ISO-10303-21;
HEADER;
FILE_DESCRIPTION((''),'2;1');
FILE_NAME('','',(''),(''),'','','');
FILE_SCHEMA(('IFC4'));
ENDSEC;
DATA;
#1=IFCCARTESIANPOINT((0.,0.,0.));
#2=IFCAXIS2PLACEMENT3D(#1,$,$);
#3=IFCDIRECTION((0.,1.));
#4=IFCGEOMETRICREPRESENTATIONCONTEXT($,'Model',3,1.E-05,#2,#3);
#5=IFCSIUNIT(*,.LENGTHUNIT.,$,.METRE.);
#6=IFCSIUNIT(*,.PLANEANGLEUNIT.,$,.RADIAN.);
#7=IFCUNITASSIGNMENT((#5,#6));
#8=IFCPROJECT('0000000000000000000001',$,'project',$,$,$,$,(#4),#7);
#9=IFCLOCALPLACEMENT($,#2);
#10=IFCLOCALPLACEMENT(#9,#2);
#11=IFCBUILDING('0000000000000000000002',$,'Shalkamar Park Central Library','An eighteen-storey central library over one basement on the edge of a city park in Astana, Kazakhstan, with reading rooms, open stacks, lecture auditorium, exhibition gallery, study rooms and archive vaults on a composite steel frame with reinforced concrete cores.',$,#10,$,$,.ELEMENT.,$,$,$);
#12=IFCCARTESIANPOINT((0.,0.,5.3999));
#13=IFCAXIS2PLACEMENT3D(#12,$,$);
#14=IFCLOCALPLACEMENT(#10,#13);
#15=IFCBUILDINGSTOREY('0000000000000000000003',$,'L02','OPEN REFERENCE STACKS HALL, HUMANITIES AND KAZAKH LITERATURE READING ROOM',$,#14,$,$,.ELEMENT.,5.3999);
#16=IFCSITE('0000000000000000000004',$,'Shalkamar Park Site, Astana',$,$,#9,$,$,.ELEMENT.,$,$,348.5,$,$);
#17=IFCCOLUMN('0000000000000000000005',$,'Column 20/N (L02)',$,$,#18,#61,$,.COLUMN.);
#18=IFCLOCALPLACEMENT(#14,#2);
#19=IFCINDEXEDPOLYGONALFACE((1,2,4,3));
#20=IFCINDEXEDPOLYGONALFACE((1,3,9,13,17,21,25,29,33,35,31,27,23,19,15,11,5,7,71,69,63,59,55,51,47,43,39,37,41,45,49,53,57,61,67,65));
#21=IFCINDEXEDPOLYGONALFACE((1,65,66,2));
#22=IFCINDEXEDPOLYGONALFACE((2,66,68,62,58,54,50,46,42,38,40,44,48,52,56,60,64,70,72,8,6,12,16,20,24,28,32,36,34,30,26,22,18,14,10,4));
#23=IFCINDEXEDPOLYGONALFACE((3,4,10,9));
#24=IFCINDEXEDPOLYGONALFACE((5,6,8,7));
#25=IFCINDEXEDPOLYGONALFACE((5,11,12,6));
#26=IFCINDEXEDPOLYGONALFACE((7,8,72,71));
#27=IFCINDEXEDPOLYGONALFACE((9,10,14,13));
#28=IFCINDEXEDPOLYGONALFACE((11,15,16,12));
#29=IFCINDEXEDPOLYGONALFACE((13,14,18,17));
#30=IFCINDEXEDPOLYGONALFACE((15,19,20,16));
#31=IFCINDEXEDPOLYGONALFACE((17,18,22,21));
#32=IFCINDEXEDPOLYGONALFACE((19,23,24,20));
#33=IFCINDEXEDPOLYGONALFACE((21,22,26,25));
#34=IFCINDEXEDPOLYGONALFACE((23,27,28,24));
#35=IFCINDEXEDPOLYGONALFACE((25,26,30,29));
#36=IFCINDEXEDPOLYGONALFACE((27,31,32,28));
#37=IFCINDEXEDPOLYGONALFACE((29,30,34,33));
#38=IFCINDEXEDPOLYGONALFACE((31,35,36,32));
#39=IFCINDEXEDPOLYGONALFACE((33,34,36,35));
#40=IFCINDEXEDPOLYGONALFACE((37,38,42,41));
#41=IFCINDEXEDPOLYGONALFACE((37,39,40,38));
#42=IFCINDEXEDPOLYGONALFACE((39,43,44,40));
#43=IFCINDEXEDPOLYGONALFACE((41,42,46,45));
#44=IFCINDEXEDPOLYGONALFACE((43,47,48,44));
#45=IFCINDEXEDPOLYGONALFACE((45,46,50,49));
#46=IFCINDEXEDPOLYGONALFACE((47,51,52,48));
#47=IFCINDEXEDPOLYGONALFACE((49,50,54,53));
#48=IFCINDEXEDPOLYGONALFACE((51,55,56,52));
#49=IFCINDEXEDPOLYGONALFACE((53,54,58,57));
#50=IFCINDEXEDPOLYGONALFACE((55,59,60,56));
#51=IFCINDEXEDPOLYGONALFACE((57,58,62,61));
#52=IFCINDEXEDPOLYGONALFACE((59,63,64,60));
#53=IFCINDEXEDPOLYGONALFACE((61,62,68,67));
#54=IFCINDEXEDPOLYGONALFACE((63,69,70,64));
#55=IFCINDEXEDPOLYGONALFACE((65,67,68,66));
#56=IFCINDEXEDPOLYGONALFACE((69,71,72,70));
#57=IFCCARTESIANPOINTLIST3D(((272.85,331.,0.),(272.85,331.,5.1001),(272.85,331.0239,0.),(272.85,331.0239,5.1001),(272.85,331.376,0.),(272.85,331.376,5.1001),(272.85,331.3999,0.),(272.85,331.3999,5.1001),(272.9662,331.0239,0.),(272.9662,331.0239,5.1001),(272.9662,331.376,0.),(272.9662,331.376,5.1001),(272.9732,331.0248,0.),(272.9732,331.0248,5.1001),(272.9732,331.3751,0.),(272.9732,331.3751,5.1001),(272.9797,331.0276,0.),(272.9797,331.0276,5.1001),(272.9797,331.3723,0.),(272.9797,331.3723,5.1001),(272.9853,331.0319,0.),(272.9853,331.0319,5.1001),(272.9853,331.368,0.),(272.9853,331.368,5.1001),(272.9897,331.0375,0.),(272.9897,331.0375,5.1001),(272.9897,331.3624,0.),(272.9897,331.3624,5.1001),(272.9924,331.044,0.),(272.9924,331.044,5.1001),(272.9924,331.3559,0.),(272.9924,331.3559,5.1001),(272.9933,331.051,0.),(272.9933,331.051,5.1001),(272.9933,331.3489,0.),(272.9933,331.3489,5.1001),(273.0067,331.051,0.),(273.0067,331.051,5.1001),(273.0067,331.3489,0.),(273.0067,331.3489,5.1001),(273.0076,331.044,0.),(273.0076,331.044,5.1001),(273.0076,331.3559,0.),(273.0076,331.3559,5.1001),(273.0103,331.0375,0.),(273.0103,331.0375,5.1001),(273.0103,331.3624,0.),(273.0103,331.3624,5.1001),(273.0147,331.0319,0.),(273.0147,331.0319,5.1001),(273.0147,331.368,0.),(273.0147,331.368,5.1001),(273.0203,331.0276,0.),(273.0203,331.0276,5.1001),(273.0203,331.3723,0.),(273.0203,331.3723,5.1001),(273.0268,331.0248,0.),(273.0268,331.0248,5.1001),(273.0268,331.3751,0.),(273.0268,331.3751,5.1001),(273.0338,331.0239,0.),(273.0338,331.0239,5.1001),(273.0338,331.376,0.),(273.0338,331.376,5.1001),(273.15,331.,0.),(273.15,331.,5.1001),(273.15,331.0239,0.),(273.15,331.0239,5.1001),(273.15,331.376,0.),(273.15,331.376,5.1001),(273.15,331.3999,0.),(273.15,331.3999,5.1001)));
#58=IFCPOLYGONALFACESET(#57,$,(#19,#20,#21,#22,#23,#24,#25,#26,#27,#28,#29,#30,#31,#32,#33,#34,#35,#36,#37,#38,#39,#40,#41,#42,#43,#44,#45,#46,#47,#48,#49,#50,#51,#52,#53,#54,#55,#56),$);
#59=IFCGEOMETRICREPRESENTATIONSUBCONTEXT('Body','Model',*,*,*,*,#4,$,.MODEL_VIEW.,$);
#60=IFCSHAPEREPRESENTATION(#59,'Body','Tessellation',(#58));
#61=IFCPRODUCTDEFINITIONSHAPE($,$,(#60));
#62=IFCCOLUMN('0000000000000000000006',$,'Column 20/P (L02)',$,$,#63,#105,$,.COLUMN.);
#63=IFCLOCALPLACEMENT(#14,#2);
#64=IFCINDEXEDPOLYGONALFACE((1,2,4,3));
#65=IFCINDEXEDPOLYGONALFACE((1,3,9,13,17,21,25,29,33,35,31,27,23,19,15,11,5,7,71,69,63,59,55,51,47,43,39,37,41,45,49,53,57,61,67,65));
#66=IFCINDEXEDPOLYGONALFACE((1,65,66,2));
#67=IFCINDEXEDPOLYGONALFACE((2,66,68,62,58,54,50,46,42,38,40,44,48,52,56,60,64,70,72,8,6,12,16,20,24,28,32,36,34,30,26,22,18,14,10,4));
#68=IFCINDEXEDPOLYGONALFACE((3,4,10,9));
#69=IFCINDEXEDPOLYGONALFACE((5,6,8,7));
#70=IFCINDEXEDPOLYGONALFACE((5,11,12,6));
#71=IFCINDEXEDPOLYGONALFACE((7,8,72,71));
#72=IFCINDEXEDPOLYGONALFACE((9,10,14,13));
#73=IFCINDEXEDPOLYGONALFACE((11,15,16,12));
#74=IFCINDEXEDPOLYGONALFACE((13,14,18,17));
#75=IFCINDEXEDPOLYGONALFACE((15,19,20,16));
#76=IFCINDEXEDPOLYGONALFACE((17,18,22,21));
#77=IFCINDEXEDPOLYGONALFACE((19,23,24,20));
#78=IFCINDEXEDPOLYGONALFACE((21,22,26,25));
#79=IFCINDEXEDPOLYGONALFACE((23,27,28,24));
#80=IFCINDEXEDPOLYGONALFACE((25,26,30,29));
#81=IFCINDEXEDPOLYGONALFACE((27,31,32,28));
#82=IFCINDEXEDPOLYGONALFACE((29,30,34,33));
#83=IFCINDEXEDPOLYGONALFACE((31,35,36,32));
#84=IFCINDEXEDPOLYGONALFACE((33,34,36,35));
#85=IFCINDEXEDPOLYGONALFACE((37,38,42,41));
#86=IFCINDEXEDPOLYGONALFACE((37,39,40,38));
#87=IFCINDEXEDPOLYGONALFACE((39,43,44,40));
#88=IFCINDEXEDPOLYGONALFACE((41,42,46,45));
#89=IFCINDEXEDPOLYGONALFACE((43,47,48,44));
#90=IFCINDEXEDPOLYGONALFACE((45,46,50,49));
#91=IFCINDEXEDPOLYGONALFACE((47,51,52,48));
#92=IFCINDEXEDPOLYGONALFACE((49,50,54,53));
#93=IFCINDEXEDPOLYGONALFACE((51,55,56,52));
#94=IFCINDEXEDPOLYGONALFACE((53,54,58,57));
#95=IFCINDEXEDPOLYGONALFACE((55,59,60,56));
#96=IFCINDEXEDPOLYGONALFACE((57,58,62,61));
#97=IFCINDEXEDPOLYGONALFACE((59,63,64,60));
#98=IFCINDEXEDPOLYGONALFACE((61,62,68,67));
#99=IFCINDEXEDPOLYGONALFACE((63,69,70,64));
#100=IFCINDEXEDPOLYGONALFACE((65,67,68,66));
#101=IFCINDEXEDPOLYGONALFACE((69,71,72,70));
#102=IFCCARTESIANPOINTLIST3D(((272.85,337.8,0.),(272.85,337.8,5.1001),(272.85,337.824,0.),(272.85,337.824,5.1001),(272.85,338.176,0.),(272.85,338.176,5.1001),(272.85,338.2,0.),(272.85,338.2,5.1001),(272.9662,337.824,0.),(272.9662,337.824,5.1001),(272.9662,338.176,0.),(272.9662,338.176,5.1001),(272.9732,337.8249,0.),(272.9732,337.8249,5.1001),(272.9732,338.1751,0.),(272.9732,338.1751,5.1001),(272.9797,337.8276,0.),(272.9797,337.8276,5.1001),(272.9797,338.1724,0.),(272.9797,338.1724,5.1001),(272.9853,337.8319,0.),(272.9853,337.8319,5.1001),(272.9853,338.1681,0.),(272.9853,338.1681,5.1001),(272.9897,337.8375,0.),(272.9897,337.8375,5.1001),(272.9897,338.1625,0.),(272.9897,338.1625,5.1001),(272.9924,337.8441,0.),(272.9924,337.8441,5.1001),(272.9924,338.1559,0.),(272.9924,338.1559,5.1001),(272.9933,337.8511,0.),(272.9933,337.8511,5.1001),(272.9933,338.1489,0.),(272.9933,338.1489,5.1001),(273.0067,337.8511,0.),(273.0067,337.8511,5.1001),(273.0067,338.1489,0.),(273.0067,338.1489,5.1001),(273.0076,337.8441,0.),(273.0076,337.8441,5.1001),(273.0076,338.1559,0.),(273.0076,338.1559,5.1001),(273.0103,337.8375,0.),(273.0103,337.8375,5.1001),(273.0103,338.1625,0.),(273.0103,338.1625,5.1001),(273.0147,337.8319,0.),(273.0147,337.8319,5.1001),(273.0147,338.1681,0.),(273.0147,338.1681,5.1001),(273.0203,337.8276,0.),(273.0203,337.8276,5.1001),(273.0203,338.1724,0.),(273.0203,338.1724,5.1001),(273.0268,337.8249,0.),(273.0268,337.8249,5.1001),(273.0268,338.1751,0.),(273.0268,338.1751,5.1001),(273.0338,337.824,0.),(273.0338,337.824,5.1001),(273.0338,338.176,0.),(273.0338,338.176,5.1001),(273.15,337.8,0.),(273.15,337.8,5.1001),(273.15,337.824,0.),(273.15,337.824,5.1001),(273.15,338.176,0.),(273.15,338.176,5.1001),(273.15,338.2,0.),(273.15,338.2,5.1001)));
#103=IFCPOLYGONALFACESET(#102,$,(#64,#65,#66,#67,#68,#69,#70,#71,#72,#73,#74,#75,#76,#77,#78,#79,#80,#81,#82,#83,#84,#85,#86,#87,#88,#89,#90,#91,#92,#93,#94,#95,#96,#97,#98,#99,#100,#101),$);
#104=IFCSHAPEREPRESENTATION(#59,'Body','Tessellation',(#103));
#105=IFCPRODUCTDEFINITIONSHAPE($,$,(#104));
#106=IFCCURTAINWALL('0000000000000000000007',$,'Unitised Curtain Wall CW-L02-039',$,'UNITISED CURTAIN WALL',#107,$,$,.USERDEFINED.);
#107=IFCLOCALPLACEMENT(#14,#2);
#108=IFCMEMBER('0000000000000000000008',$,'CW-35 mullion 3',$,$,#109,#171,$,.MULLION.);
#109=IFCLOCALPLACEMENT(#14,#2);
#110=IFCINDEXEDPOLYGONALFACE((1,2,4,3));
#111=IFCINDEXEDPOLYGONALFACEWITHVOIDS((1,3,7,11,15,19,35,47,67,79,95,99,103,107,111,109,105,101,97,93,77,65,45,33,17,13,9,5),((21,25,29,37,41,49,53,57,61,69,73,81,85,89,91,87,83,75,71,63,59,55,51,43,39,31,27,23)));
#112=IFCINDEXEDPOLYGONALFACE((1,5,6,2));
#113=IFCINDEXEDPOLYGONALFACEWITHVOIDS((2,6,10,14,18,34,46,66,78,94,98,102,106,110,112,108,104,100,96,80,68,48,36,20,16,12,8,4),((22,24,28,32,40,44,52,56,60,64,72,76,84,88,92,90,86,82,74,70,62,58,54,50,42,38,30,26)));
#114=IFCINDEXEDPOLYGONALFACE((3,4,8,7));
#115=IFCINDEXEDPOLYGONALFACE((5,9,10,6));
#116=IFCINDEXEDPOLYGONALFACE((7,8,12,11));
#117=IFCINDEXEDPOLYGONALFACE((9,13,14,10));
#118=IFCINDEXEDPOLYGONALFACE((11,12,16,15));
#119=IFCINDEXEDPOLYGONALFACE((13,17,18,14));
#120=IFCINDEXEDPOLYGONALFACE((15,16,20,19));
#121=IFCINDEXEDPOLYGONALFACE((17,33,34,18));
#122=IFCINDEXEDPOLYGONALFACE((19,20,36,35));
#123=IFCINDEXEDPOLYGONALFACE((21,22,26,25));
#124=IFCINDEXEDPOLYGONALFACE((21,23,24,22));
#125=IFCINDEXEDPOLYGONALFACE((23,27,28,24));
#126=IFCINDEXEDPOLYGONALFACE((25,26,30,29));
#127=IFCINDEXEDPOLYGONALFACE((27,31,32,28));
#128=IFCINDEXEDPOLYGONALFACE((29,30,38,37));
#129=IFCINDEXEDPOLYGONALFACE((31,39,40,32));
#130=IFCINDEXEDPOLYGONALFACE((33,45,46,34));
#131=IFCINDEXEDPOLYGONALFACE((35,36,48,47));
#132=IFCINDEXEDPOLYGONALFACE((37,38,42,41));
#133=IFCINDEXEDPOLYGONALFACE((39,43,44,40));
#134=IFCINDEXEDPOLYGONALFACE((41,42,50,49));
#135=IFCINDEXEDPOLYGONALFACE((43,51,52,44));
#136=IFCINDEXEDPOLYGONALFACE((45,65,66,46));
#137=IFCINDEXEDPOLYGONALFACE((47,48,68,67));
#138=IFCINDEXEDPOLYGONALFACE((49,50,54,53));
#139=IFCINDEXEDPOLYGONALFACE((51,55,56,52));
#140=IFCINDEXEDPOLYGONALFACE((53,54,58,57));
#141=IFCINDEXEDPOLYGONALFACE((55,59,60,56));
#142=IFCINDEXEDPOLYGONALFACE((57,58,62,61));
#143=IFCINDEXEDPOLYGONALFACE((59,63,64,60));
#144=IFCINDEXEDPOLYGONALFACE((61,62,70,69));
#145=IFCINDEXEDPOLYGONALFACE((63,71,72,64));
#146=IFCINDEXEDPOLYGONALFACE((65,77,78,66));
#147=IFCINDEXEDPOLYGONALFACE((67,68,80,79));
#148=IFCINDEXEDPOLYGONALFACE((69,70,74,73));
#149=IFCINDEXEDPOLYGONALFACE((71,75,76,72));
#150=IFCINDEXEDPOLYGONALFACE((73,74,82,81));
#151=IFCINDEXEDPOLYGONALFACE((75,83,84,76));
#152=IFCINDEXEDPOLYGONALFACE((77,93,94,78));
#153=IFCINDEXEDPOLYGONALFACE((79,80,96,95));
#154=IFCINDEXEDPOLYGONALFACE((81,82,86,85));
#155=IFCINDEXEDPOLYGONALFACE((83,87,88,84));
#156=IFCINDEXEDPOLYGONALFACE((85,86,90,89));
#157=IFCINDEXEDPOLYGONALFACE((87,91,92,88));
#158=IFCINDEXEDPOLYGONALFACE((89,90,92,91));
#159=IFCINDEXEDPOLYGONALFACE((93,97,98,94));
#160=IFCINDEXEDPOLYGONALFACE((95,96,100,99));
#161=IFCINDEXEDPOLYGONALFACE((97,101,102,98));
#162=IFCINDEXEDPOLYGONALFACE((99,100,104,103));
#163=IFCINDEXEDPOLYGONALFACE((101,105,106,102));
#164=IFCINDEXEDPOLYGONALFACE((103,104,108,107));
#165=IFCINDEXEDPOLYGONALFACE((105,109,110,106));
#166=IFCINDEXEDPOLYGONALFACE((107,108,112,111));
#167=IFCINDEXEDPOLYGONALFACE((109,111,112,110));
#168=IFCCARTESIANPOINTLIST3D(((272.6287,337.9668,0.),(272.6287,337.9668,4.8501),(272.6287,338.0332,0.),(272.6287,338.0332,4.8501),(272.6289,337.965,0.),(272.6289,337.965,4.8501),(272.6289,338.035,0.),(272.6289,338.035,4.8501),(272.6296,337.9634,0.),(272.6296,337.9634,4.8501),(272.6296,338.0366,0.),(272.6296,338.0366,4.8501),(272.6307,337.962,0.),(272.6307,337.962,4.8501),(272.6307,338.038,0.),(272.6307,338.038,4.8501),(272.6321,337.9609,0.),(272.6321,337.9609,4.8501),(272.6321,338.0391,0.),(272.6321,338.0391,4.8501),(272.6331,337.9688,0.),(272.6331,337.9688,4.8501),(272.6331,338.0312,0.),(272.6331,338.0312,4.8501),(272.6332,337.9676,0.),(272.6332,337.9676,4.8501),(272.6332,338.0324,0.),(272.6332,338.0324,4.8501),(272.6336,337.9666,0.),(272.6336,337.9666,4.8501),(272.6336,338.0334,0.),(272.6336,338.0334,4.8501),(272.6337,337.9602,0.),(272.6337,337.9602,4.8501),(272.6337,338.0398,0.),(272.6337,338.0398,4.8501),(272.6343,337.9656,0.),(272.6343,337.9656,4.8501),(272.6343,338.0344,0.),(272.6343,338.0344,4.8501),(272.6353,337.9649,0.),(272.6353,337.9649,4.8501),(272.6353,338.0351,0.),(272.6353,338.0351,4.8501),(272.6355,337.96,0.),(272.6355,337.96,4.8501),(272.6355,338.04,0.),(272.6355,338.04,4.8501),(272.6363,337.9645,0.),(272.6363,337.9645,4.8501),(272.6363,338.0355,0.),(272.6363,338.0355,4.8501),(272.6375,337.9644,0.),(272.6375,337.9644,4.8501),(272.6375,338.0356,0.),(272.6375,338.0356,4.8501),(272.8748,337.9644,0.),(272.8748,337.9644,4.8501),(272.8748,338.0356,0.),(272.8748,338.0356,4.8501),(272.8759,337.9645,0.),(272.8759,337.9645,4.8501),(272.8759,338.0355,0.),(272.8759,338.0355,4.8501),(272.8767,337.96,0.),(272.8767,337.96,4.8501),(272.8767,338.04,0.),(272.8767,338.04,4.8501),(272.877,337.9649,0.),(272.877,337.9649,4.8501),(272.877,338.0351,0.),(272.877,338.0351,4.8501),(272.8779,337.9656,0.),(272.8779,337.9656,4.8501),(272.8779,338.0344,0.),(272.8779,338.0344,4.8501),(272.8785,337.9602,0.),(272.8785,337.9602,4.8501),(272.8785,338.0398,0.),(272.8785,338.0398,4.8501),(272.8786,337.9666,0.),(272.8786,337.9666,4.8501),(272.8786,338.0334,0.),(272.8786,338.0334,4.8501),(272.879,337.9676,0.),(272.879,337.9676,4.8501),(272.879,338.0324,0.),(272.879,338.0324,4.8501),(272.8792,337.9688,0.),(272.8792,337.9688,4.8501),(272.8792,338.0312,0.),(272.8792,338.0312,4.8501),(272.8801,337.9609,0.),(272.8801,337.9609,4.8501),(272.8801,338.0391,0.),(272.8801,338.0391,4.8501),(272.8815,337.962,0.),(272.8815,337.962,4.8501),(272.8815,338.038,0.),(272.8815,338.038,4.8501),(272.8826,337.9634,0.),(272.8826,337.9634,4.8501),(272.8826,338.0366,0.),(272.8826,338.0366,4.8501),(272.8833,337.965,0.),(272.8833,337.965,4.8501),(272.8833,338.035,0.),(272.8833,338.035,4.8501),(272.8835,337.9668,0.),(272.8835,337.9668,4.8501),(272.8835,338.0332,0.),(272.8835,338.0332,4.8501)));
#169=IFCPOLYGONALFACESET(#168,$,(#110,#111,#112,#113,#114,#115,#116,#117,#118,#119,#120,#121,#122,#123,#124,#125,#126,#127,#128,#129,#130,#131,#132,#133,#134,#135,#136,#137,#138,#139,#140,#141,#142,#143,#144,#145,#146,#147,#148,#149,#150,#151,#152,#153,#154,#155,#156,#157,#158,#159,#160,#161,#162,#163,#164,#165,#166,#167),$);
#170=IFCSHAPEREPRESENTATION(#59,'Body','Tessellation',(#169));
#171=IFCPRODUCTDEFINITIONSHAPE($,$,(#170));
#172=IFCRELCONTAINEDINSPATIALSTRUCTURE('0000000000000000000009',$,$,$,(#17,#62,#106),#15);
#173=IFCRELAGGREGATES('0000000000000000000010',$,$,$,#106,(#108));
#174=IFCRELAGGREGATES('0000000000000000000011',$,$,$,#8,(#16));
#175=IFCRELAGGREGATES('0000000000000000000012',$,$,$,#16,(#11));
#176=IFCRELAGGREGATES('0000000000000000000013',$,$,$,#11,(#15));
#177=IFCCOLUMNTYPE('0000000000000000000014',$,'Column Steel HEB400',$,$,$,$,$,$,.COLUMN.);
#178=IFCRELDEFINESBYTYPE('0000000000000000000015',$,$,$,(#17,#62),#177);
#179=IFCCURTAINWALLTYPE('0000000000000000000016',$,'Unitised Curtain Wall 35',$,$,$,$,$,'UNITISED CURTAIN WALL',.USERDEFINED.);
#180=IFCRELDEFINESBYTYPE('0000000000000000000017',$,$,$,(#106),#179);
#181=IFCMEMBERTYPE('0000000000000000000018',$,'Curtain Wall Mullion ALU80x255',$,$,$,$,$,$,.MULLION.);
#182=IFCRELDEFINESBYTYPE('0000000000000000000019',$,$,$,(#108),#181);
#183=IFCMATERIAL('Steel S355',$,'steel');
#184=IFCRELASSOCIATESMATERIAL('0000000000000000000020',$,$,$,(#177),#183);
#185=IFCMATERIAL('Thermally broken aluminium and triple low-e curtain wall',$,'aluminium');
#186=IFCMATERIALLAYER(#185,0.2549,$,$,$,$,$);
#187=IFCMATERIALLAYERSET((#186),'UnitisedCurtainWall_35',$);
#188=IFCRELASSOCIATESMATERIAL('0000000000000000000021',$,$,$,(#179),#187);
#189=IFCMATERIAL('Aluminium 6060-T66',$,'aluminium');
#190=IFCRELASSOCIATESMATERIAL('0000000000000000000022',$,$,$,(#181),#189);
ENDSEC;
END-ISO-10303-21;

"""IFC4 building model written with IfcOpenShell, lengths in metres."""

from ifc_helpers import new_model, si_unit, direction, frame, origin, origin_2d, place, context, subcontext, project, spatial, hollow_rectangle, i_section, extrude, material, layer, layer_set, material_profile, profile_set, type_object, element, aggregate, save


model = new_model("IFC4")

# Units and contexts
model_context = context("Model", 3, precision=1e-05, world=origin(), true_north=direction((0.0, 1.0)))
body_context = subcontext(model_context, "Body", "Model", "MODEL_VIEW")
ifc_project = project(units=[si_unit("LENGTHUNIT", "METRE"), si_unit("PLANEANGLEUNIT", "RADIAN")], contexts=[model_context])

# Site, building, storey
site_placement = place(None, origin())
site = spatial("IfcSite", under=ifc_project, at=site_placement, Name="Shalkamar Park Site, Astana", CompositionType="ELEMENT", RefElevation=348.5)
building_placement = place(site_placement, origin())
building = spatial("IfcBuilding", under=site, at=building_placement, Name="Shalkamar Park Central Library", Description="An eighteen-storey central library over one basement on the edge of a city park in Astana, Kazakhstan, with reading rooms, open stacks, lecture auditorium, exhibition gallery, study rooms and archive vaults on a composite steel frame with reinforced concrete cores.", CompositionType="ELEMENT")
storey_placement = place(building_placement, frame((0.0, 0.0, 5.3999)))
storey = spatial("IfcBuildingStorey", under=building, at=storey_placement, Name="L02", Description="OPEN REFERENCE STACKS HALL, HUMANITIES AND KAZAKH LITERATURE READING ROOM", CompositionType="ELEMENT", Elevation=5.3999)

# Columns
ifc_material_1 = material(Name="Steel S355", Category="steel")
ifc_material_profile_1 = material_profile(ifc_material_1, i_section(OverallWidth=0.3, OverallDepth=0.3999, WebThickness=0.0134, FlangeThickness=0.0239, FilletRadius=0.0271, at=origin_2d()), Name="HEB 400")
ifc_profile_set_1 = profile_set([ifc_material_profile_1], Name="Steel S355")
column_type = type_object("IfcColumnType", Name="Column Steel HEB400", PredefinedType="COLUMN", material=ifc_profile_set_1)
for number, where, z_axis, x_axis, name in (
    (1, (273.0, 331.2, 0.0), (0.0, 0.0, 1.0), (1.0, 0.0, 0.0), "Column 20/N (L02)"),
    (2, (273.0, 338.0, 0.0), (0.0, 0.0, 1.0), (1.0, 0.0, 0.0), "Column 20/P (L02)"),
):
    element("IfcColumn", number, at=place(storey_placement, frame(where, z_axis=z_axis, x_axis=x_axis)), inside=storey, type_object=column_type, Name=name, PredefinedType="COLUMN", context=body_context, shape_type="SweptSolid", body=[
        extrude(i_section(OverallWidth=0.3, OverallDepth=0.3999, WebThickness=0.0134, FlangeThickness=0.0239, FilletRadius=0.0271, at=origin_2d()), origin(), (0.0, 0.0, 1.0), 5.1001),
    ])

# Curtain wall, member
ifc_material_2 = material(Name="Thermally broken aluminium and triple low-e curtain wall", Category="aluminium")
ifc_layer_1 = layer(ifc_material_2, 0.2549)
ifc_layer_set_1 = layer_set([ifc_layer_1], Name="UnitisedCurtainWall_35")
curtain_wall_type = type_object("IfcCurtainWallType", Name="Unitised Curtain Wall 35", ElementType="UNITISED CURTAIN WALL", PredefinedType="USERDEFINED", material=ifc_layer_set_1)
curtain_wall_placement = place(storey_placement, origin())
curtain_wall = element("IfcCurtainWall", 3, at=curtain_wall_placement, inside=storey, type_object=curtain_wall_type, Name="Unitised Curtain Wall CW-L02-039", ObjectType="UNITISED CURTAIN WALL", PredefinedType="USERDEFINED")
ifc_material_3 = material(Name="Aluminium 6060-T66", Category="aluminium")
ifc_material_profile_2 = material_profile(ifc_material_3, hollow_rectangle(XDim=0.0801, YDim=0.2549, WallThickness=0.0044, InnerFilletRadius=0.0044, OuterFilletRadius=0.0068, at=origin_2d()), Name="ALU 80x255x4.5")
ifc_profile_set_2 = profile_set([ifc_material_profile_2], Name="Aluminium 6060-T66")
member_type_1 = type_object("IfcMemberType", Name="Curtain Wall Mullion ALU80x255", PredefinedType="MULLION", material=ifc_profile_set_2)
member_1_placement = place(storey_placement, frame((272.7561, 338.0, 0.0), z_axis=(0.0, 0.0, 1.0), x_axis=(0.0, 1.0, 0.0)))
member_1 = element("IfcMember", 4, at=member_1_placement, type_object=member_type_1, Name="CW-35 mullion 3", PredefinedType="MULLION", context=body_context, shape_type="SweptSolid", body=[
    extrude(hollow_rectangle(XDim=0.0801, YDim=0.2549, WallThickness=0.0044, InnerFilletRadius=0.0044, OuterFilletRadius=0.0068, at=origin_2d()), origin(), (0.0, 0.0, 1.0), 4.8501),
])

aggregate(curtain_wall, [member_1])

save(model, "model.ifc")
